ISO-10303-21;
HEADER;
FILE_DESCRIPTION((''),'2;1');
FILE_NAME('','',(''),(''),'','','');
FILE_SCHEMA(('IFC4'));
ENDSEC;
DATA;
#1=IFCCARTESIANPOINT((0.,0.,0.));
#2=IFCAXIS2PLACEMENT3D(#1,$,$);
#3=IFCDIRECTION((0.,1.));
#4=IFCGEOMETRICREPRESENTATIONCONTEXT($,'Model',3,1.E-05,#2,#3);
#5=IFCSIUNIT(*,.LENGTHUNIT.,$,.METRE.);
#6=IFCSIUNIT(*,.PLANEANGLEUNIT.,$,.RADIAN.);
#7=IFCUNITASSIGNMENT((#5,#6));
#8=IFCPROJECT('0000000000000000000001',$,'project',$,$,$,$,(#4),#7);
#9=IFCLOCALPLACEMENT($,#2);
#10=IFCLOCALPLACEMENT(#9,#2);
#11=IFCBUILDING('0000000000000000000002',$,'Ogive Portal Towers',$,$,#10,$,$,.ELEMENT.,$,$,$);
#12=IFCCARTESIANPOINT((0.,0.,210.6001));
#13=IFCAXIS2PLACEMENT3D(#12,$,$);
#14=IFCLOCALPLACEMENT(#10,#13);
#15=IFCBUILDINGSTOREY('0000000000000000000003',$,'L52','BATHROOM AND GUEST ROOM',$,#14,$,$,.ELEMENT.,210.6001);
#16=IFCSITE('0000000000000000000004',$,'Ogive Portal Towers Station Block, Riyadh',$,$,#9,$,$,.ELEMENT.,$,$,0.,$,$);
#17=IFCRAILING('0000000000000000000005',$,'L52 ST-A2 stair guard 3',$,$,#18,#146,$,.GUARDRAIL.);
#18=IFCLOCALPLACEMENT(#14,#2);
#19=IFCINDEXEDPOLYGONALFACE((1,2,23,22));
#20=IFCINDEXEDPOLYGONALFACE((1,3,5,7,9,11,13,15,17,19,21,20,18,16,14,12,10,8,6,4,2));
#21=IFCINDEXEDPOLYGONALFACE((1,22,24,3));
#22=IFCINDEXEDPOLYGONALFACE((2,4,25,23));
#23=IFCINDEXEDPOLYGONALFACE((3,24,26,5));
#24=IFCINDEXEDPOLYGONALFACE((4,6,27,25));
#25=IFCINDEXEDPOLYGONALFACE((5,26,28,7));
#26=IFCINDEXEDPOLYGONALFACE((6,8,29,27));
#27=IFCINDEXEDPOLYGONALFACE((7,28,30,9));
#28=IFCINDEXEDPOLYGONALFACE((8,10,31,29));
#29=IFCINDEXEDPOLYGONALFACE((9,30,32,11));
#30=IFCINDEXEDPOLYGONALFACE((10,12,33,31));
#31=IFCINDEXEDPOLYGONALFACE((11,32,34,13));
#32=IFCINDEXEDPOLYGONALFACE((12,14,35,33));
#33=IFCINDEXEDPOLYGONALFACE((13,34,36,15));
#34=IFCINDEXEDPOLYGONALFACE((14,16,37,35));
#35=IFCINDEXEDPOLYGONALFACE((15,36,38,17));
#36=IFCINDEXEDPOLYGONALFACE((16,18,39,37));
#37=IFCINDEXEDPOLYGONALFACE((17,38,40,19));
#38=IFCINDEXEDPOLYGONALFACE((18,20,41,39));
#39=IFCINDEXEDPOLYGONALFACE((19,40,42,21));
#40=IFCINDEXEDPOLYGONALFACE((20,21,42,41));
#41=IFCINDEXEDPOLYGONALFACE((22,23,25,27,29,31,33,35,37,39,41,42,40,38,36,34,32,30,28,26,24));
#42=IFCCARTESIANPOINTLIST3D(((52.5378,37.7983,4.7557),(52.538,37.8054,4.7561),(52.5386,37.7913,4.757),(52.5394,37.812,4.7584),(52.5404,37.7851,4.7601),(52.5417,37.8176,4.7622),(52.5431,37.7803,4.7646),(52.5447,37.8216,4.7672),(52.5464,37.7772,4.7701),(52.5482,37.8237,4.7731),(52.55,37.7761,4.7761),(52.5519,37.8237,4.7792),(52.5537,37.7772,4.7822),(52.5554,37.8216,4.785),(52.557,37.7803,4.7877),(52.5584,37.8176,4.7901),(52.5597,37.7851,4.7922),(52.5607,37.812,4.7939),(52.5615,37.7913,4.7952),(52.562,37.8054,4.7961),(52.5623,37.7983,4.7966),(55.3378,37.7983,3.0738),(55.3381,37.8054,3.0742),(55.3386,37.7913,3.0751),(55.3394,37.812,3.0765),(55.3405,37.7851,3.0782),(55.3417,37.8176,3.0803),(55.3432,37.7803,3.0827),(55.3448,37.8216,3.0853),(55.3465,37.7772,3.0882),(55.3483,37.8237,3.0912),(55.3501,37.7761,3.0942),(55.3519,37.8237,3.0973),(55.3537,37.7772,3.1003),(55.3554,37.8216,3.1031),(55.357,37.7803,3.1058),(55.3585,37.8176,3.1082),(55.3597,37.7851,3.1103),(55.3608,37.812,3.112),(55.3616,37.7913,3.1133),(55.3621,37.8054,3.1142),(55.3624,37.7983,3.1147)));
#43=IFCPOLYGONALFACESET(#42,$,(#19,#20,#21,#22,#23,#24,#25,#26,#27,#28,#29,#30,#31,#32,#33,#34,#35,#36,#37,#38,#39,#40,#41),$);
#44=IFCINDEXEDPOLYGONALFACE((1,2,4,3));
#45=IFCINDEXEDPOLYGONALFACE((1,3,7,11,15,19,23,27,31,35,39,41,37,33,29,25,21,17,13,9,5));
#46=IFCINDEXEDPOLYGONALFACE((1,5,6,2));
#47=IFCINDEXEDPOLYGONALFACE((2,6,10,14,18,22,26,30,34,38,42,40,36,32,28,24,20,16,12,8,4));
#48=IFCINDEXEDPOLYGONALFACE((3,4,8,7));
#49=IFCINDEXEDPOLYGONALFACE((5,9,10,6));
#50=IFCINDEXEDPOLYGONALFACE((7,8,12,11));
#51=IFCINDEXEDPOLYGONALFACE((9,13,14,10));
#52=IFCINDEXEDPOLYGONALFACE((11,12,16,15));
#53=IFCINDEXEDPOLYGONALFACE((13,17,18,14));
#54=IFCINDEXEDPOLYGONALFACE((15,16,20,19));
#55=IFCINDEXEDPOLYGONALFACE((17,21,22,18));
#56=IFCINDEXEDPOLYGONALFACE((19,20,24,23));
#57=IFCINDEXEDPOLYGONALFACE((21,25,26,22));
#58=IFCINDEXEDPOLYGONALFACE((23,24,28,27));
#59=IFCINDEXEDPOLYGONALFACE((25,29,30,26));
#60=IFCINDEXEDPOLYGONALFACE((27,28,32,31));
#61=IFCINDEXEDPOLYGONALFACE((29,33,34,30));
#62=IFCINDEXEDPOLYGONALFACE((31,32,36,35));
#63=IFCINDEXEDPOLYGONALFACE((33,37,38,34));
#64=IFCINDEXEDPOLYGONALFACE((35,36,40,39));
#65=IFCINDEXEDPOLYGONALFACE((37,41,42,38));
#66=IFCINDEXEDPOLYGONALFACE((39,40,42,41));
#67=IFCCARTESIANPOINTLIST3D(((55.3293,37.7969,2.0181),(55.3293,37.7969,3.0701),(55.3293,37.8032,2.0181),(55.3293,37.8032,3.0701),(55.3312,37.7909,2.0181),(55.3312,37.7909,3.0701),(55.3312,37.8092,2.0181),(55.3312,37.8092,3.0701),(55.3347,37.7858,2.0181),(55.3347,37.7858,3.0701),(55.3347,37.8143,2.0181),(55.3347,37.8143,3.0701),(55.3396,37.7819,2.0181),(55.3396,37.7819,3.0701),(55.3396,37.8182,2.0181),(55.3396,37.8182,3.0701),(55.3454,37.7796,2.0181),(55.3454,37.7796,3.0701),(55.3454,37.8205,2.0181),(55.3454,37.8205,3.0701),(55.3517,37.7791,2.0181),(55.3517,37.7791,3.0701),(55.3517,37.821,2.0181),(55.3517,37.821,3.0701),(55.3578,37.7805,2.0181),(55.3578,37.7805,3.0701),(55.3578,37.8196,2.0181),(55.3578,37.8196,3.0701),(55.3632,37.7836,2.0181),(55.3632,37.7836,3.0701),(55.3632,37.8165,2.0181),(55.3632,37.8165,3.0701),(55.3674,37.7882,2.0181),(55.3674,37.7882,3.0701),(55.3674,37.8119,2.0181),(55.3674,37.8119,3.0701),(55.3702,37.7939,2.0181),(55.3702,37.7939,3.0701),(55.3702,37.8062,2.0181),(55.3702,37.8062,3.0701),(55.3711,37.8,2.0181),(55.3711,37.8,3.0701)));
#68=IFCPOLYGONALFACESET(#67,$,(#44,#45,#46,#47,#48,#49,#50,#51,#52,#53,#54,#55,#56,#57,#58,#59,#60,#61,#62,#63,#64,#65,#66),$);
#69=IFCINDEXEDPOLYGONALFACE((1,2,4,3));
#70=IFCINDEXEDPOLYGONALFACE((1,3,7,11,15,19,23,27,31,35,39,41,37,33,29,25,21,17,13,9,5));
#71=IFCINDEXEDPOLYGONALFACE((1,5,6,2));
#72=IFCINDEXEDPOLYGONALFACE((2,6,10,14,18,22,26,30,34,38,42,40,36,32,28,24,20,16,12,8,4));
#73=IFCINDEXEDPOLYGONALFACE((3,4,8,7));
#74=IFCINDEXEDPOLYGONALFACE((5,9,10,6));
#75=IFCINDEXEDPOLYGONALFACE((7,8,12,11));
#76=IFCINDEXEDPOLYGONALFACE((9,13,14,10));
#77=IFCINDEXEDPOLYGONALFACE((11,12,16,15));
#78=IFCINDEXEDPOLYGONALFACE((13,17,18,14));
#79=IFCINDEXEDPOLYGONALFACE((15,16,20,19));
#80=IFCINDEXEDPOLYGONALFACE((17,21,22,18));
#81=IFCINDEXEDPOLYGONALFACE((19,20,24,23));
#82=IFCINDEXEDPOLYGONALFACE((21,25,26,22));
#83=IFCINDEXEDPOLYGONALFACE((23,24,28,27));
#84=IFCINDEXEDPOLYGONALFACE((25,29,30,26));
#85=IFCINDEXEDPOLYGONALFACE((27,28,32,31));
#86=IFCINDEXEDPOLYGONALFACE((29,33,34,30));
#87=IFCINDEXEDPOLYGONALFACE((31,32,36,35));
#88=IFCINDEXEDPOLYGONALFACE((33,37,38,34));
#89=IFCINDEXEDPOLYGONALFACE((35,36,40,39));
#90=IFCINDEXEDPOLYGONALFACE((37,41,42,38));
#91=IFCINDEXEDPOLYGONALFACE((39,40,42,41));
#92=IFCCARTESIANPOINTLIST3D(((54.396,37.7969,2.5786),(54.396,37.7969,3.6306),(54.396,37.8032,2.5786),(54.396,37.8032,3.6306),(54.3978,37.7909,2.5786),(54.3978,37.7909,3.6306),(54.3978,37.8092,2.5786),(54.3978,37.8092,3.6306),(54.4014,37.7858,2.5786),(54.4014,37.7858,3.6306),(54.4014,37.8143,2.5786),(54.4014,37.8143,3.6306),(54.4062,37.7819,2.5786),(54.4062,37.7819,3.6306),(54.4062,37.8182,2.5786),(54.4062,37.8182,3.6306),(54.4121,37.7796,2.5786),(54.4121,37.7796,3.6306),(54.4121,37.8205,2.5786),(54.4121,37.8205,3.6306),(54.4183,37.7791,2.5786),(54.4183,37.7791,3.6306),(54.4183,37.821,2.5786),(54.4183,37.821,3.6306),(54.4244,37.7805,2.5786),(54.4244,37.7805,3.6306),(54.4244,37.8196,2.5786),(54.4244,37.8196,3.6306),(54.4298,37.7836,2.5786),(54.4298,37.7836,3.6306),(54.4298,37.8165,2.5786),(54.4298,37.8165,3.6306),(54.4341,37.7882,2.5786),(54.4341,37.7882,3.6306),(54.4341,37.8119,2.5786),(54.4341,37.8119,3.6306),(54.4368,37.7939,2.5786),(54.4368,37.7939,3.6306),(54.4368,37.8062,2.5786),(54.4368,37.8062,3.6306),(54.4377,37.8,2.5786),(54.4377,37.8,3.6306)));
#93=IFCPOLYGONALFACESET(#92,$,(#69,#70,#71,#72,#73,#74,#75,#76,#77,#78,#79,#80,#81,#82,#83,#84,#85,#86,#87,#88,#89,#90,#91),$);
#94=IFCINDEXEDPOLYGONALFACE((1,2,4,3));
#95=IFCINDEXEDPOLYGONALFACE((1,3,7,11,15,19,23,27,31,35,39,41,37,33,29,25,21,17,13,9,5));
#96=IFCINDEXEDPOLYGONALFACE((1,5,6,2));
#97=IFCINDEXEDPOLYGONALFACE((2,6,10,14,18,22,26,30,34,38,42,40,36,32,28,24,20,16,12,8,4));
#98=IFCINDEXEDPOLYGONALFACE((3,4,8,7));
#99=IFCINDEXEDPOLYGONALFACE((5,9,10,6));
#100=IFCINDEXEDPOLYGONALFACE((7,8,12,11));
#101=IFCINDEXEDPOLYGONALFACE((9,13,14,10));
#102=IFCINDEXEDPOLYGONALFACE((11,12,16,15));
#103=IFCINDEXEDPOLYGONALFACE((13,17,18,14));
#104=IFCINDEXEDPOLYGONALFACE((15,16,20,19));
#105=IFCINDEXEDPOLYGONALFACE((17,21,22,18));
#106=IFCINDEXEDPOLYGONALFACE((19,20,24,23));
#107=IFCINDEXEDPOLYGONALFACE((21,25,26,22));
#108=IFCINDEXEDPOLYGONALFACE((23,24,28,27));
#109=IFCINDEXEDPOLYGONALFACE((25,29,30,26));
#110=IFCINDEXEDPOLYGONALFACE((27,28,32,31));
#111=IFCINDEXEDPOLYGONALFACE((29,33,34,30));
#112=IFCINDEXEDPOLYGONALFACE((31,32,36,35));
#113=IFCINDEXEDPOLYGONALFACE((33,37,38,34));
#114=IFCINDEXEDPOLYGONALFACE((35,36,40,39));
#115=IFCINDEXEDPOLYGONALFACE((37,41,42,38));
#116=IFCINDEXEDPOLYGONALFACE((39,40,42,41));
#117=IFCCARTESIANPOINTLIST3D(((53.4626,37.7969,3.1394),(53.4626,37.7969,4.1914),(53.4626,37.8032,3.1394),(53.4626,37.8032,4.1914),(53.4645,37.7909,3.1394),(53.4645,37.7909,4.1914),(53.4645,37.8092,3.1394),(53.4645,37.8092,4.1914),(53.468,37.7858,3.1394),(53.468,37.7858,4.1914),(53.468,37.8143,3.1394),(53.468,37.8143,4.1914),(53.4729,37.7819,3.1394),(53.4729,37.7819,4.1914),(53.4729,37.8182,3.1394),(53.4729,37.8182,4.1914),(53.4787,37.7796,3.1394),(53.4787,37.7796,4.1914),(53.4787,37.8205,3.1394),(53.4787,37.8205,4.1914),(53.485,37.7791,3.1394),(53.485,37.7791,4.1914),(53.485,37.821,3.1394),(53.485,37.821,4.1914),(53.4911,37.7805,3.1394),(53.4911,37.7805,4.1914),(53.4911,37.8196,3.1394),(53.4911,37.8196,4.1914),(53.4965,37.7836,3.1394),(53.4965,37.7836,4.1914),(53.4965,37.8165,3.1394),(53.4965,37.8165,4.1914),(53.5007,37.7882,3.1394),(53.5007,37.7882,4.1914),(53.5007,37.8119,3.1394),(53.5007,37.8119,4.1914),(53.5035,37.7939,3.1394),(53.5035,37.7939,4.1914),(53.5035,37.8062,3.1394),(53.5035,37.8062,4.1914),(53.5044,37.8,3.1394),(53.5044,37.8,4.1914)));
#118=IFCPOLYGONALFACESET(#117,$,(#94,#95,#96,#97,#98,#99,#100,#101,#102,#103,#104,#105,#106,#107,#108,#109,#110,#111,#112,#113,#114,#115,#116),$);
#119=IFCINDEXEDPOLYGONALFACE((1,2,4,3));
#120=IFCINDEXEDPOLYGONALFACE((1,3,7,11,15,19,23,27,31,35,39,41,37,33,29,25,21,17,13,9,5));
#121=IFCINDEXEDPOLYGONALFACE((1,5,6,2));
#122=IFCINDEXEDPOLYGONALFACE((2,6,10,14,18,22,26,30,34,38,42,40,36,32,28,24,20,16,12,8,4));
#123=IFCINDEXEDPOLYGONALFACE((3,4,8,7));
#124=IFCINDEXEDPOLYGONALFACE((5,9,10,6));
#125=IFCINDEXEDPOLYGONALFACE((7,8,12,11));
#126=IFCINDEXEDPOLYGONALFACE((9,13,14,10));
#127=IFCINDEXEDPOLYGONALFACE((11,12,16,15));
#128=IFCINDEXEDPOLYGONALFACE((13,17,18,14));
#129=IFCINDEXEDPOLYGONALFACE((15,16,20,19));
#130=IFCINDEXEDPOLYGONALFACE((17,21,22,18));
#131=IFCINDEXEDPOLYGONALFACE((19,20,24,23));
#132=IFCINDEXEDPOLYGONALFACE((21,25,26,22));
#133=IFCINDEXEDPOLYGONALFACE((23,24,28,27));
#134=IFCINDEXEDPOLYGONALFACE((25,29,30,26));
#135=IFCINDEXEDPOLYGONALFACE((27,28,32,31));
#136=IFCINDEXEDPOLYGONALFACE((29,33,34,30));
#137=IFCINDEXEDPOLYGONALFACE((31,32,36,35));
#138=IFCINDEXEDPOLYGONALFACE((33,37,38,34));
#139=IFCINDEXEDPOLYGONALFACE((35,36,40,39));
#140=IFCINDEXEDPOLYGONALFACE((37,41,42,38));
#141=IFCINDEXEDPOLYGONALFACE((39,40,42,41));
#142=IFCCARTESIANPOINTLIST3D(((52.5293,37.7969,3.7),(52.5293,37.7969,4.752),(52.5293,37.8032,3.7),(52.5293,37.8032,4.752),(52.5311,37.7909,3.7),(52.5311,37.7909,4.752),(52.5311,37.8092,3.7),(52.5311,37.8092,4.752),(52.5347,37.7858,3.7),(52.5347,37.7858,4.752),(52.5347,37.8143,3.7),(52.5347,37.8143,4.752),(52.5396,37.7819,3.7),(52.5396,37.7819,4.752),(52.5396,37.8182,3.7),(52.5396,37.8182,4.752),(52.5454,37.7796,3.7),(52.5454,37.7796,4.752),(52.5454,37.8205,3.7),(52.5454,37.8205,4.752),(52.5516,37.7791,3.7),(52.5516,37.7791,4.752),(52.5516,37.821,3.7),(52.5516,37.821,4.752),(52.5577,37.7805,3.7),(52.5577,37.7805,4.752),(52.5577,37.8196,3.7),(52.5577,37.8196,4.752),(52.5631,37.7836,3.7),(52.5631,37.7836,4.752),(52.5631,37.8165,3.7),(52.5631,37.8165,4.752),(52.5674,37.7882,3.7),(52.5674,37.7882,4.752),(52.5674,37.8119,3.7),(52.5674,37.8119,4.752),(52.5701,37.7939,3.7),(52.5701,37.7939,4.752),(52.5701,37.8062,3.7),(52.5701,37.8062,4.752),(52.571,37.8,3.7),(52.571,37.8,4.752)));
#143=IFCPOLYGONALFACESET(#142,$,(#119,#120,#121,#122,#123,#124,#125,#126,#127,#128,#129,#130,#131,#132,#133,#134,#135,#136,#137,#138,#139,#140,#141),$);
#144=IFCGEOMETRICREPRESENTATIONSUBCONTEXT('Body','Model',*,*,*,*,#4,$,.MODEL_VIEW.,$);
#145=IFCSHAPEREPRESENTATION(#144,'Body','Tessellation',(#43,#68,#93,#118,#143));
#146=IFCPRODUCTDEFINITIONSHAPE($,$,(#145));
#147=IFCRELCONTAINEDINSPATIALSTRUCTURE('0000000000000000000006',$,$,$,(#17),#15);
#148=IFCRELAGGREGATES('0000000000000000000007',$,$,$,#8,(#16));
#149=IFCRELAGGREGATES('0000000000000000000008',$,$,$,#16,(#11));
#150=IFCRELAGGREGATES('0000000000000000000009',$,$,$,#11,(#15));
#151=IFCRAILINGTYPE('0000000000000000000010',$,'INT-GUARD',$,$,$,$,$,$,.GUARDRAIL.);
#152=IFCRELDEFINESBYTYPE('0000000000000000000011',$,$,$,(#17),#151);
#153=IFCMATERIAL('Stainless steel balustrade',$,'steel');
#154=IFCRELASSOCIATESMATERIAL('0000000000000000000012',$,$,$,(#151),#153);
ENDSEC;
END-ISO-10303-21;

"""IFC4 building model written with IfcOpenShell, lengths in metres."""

from ifc_helpers import new_model, si_unit, direction, frame, origin, origin_2d, place, context, subcontext, project, spatial, circle, extrude, material, type_object, element, save


model = new_model("IFC4")

# Units and contexts
model_context = context("Model", 3, precision=1e-05, world=origin(), true_north=direction((0.0, 1.0)))
body_context = subcontext(model_context, "Body", "Model", "MODEL_VIEW")
ifc_project = project(units=[si_unit("LENGTHUNIT", "METRE"), si_unit("PLANEANGLEUNIT", "RADIAN")], contexts=[model_context])

# Site, building, storey
site_placement = place(None, origin())
site = spatial("IfcSite", under=ifc_project, at=site_placement, Name="Ogive Portal Towers Station Block, Riyadh", CompositionType="ELEMENT", RefElevation=0.0)
building_placement = place(site_placement, origin())
building = spatial("IfcBuilding", under=site, at=building_placement, Name="Ogive Portal Towers", CompositionType="ELEMENT")
storey_placement = place(building_placement, frame((0.0, 0.0, 210.6001)))
storey = spatial("IfcBuildingStorey", under=building, at=storey_placement, Name="L52", Description="BATHROOM AND GUEST ROOM", CompositionType="ELEMENT", Elevation=210.6001)

# Railing
ifc_material_1 = material(Name="Stainless steel balustrade", Category="steel")
railing_type_1 = type_object("IfcRailingType", Name="INT-GUARD", PredefinedType="GUARDRAIL", material=ifc_material_1)
railing_1_placement = place(storey_placement, frame((55.3501, 37.8, 2.0181)))
element("IfcRailing", 1, at=railing_1_placement, inside=storey, type_object=railing_type_1, Name="L52 ST-A2 stair guard 3", PredefinedType="GUARDRAIL", context=body_context, shape_type="SweptSolid", body=[
    extrude(circle(Radius=0.0239, at=origin_2d()), frame((0.0, 0.0, 1.0762), z_axis=(-0.857242, 0.0, 0.514913), x_axis=(0.0, -1.0, 0.0)), (0.0, 0.0, 1.0), 3.2664),
    extrude(circle(Radius=0.021, at=origin_2d()), origin(), (0.0, 0.0, 1.0), 1.052),
    extrude(circle(Radius=0.021, at=origin_2d()), frame((-0.9333, 0.0, 0.5605)), (0.0, 0.0, 1.0), 1.052),
    extrude(circle(Radius=0.021, at=origin_2d()), frame((-1.8667, 0.0, 1.1213)), (0.0, 0.0, 1.0), 1.052),
    extrude(circle(Radius=0.021, at=origin_2d()), frame((-2.8, 0.0, 1.6819)), (0.0, 0.0, 1.0), 1.052),
])

save(model, "model.ifc")
